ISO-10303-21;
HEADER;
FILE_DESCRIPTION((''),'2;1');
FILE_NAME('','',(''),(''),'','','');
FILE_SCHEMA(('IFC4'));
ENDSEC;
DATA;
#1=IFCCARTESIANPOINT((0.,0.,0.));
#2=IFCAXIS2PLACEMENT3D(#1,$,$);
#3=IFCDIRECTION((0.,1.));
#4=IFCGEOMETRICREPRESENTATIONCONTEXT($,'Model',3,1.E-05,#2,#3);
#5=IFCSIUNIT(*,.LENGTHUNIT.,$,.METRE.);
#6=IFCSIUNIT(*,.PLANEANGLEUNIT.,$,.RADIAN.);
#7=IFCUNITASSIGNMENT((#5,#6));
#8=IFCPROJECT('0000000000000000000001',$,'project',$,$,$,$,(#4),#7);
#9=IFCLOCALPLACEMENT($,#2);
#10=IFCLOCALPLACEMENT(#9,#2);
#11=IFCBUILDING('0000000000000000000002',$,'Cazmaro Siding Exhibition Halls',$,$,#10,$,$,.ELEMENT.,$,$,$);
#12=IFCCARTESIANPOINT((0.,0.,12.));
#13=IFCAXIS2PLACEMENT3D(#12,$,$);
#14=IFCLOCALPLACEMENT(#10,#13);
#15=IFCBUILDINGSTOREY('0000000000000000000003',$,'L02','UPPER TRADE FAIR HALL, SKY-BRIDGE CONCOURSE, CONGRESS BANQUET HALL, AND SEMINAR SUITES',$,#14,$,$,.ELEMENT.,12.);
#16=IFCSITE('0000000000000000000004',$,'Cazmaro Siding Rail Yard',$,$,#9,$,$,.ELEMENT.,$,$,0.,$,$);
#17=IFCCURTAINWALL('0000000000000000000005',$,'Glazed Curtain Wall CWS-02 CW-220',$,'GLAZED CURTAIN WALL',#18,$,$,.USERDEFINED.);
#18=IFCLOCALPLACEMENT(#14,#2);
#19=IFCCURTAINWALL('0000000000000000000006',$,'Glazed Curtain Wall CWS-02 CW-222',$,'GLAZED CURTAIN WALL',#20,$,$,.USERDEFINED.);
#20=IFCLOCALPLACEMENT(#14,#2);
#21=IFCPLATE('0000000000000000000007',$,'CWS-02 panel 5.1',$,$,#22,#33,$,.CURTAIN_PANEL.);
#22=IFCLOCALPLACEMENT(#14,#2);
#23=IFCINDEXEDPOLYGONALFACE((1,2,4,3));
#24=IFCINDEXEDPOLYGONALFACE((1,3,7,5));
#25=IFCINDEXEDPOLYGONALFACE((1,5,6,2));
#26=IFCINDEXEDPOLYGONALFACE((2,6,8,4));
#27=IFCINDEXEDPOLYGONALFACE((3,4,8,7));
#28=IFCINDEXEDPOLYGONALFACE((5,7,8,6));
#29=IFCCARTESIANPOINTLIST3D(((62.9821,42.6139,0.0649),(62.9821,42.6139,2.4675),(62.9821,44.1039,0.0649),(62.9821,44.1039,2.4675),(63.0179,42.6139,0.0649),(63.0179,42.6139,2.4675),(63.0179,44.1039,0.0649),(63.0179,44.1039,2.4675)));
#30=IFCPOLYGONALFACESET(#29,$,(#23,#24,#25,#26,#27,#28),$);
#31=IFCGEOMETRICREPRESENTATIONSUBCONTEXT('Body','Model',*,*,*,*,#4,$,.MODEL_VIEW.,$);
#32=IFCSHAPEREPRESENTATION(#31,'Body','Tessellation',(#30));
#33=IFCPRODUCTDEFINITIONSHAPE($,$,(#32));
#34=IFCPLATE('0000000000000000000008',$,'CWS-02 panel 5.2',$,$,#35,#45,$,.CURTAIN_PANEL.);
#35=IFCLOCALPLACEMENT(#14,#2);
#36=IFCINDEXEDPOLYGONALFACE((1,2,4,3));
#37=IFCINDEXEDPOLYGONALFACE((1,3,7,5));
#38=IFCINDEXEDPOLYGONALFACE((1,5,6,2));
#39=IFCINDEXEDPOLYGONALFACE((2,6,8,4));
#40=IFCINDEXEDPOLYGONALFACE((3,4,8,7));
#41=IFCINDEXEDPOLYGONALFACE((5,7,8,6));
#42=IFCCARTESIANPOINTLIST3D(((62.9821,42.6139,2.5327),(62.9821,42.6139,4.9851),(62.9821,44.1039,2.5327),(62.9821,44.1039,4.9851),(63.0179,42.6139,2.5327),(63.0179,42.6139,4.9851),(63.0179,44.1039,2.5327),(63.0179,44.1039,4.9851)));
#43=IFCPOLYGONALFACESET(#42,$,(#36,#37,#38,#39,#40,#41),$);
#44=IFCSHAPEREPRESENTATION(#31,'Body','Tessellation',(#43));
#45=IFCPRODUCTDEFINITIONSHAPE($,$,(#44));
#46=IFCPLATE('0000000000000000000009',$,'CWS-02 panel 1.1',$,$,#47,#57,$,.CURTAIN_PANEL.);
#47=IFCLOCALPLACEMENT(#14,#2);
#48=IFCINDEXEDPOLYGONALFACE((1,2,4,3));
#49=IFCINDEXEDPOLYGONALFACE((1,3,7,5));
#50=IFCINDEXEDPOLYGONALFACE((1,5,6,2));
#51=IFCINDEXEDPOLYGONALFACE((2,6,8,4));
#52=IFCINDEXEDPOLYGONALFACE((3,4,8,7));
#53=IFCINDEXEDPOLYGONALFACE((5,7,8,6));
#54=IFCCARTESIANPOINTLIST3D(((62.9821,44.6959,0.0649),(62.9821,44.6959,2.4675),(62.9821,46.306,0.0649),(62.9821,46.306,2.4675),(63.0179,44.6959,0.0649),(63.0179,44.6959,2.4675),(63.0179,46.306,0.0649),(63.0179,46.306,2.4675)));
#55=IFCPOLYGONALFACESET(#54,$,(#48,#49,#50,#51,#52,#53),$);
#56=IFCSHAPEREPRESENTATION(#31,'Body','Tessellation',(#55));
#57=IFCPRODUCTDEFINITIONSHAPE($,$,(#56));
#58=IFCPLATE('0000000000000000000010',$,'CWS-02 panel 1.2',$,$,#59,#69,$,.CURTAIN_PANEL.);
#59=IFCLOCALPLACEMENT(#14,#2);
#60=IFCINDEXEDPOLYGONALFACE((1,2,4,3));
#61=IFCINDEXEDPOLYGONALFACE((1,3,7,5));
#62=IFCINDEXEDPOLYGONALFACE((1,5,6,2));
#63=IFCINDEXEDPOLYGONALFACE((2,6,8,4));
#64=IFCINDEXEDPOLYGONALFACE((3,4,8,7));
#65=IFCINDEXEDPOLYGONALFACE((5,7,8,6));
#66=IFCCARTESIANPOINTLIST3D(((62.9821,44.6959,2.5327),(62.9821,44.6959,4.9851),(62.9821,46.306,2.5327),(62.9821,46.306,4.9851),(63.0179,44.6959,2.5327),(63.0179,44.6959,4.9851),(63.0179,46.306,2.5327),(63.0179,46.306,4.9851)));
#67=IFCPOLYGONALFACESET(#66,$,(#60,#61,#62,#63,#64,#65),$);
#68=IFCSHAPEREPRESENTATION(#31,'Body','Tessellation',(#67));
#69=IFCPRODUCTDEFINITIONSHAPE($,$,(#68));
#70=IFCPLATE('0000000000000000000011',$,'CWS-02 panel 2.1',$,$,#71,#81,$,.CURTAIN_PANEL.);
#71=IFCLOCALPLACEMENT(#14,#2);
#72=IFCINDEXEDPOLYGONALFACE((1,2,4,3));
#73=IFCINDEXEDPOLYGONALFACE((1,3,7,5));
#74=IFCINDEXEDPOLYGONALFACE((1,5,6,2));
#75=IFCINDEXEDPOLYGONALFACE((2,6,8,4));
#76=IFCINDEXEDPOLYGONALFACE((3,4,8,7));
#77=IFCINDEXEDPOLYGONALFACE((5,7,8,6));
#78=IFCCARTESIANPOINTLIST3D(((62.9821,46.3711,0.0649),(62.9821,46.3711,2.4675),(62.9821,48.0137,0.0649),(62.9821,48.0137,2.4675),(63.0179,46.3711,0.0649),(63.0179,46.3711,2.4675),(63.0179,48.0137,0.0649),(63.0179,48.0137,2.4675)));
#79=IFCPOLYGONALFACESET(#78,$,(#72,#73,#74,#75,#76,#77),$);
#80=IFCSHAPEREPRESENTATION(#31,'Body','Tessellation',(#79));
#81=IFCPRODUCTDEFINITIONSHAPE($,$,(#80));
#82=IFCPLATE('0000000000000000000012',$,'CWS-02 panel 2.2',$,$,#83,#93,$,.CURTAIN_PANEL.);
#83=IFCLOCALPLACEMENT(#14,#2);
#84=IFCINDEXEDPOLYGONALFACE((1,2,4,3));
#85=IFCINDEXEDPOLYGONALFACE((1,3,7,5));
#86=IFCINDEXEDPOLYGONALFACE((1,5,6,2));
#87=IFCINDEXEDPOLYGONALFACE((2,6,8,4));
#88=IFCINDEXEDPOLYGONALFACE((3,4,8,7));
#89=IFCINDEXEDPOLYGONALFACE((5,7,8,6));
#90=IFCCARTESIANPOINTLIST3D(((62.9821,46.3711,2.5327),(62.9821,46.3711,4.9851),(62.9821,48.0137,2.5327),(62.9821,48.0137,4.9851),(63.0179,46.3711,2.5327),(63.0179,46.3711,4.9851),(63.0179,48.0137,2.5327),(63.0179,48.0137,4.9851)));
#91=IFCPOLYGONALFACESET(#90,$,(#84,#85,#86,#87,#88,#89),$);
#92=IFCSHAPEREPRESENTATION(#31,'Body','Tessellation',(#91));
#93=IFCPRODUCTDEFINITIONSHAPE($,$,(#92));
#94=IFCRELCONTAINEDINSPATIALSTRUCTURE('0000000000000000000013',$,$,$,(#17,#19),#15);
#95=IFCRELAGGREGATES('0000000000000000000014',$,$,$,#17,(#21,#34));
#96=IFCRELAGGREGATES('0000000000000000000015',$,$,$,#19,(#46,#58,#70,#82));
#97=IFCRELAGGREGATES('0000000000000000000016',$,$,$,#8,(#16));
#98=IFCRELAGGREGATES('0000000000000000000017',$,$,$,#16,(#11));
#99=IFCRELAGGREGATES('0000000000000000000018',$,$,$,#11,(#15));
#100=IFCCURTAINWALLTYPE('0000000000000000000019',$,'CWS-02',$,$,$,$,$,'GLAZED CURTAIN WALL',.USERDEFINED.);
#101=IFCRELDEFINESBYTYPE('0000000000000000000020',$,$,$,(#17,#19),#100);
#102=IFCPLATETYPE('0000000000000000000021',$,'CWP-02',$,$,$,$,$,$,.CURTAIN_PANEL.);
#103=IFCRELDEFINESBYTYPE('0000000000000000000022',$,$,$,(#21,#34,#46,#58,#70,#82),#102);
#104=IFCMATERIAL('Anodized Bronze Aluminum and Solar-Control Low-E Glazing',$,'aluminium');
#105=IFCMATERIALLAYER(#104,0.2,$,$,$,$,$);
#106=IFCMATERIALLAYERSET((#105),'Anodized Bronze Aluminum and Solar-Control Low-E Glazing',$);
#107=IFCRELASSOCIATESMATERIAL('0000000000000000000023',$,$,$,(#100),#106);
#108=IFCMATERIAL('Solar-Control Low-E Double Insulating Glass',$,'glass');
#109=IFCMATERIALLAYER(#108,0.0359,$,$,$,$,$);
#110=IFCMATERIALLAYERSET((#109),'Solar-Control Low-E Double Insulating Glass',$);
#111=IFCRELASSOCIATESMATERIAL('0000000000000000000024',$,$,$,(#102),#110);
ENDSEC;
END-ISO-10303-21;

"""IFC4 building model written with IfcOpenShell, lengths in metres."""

from ifc_helpers import new_model, si_unit, direction, frame, origin, origin_2d, place, context, subcontext, project, spatial, rectangle, extrude, material, layer, layer_set, type_object, element, aggregate, save


model = new_model("IFC4")

# Units and contexts
model_context = context("Model", 3, precision=1e-05, world=origin(), true_north=direction((0.0, 1.0)))
body_context = subcontext(model_context, "Body", "Model", "MODEL_VIEW")
ifc_project = project(units=[si_unit("LENGTHUNIT", "METRE"), si_unit("PLANEANGLEUNIT", "RADIAN")], contexts=[model_context])

# Site, building, storey
site_placement = place(None, origin())
site = spatial("IfcSite", under=ifc_project, at=site_placement, Name="Cazmaro Siding Rail Yard", CompositionType="ELEMENT", RefElevation=0.0)
building_placement = place(site_placement, origin())
building = spatial("IfcBuilding", under=site, at=building_placement, Name="Cazmaro Siding Exhibition Halls", CompositionType="ELEMENT")
storey_placement = place(building_placement, frame((0.0, 0.0, 12.0)))
storey = spatial("IfcBuildingStorey", under=building, at=storey_placement, Name="L02", Description="UPPER TRADE FAIR HALL, SKY-BRIDGE CONCOURSE, CONGRESS BANQUET HALL, AND SEMINAR SUITES", CompositionType="ELEMENT", Elevation=12.0)

# Curtain wall
ifc_material_1 = material(Name="Anodized Bronze Aluminum and Solar-Control Low-E Glazing", Category="aluminium")
ifc_layer_1 = layer(ifc_material_1, 0.2)
ifc_layer_set_1 = layer_set([ifc_layer_1], Name="Anodized Bronze Aluminum and Solar-Control Low-E Glazing")
curtain_wall_type = type_object("IfcCurtainWallType", Name="CWS-02", ElementType="GLAZED CURTAIN WALL", PredefinedType="USERDEFINED", material=ifc_layer_set_1)
curtain_wall_1_placement = place(storey_placement, origin())
curtain_wall_1 = element("IfcCurtainWall", 1, at=curtain_wall_1_placement, inside=storey, type_object=curtain_wall_type, Name="Glazed Curtain Wall CWS-02 CW-220", ObjectType="GLAZED CURTAIN WALL", PredefinedType="USERDEFINED")

# Curtain wall
curtain_wall_2_placement = place(storey_placement, origin())
curtain_wall_2 = element("IfcCurtainWall", 2, at=curtain_wall_2_placement, inside=storey, type_object=curtain_wall_type, Name="Glazed Curtain Wall CWS-02 CW-222", ObjectType="GLAZED CURTAIN WALL", PredefinedType="USERDEFINED")

# Plates
ifc_material_2 = material(Name="Solar-Control Low-E Double Insulating Glass", Category="glass")
ifc_layer_2 = layer(ifc_material_2, 0.0359)
ifc_layer_set_2 = layer_set([ifc_layer_2], Name="Solar-Control Low-E Double Insulating Glass")
plate_type = type_object("IfcPlateType", Name="CWP-02", PredefinedType="CURTAIN_PANEL", material=ifc_layer_set_2)
plate_1_placement = place(storey_placement, frame((63.0, 43.3589, 0.0649), z_axis=(0.0, 0.0, 1.0), x_axis=(0.0, 1.0, 0.0)))
plate_1 = element("IfcPlate", 3, at=plate_1_placement, type_object=plate_type, Name="CWS-02 panel 5.1", PredefinedType="CURTAIN_PANEL", context=body_context, shape_type="SweptSolid", body=[
    extrude(rectangle(XDim=1.49, YDim=0.0359, at=origin_2d()), origin(), (0.0, 0.0, 1.0), 2.4026),
])
plate_2_placement = place(storey_placement, frame((63.0, 43.3589, 2.5327), z_axis=(0.0, 0.0, 1.0), x_axis=(0.0, 1.0, 0.0)))
plate_2 = element("IfcPlate", 4, at=plate_2_placement, type_object=plate_type, Name="CWS-02 panel 5.2", PredefinedType="CURTAIN_PANEL", context=body_context, shape_type="SweptSolid", body=[
    extrude(rectangle(XDim=1.49, YDim=0.0359, at=origin_2d()), origin(), (0.0, 0.0, 1.0), 2.4524),
])
aggregate(curtain_wall_1, [plate_1, plate_2])
plate_3_placement = place(storey_placement, frame((63.0, 45.501, 0.0649), z_axis=(0.0, 0.0, 1.0), x_axis=(0.0, 1.0, 0.0)))
plate_3 = element("IfcPlate", 5, at=plate_3_placement, type_object=plate_type, Name="CWS-02 panel 1.1", PredefinedType="CURTAIN_PANEL", context=body_context, shape_type="SweptSolid", body=[
    extrude(rectangle(XDim=1.6101, YDim=0.0359, at=origin_2d()), origin(), (0.0, 0.0, 1.0), 2.4026),
])
plate_4_placement = place(storey_placement, frame((63.0, 45.501, 2.5327), z_axis=(0.0, 0.0, 1.0), x_axis=(0.0, 1.0, 0.0)))
plate_4 = element("IfcPlate", 6, at=plate_4_placement, type_object=plate_type, Name="CWS-02 panel 1.2", PredefinedType="CURTAIN_PANEL", context=body_context, shape_type="SweptSolid", body=[
    extrude(rectangle(XDim=1.6101, YDim=0.0359, at=origin_2d()), origin(), (0.0, 0.0, 1.0), 2.4524),
])
plate_5_placement = place(storey_placement, frame((63.0, 47.1924, 0.0649), z_axis=(0.0, 0.0, 1.0), x_axis=(0.0, 1.0, 0.0)))
plate_5 = element("IfcPlate", 7, at=plate_5_placement, type_object=plate_type, Name="CWS-02 panel 2.1", PredefinedType="CURTAIN_PANEL", context=body_context, shape_type="SweptSolid", body=[
    extrude(rectangle(XDim=1.6426, YDim=0.0359, at=origin_2d()), origin(), (0.0, 0.0, 1.0), 2.4026),
])
plate_6_placement = place(storey_placement, frame((63.0, 47.1924, 2.5327), z_axis=(0.0, 0.0, 1.0), x_axis=(0.0, 1.0, 0.0)))
plate_6 = element("IfcPlate", 8, at=plate_6_placement, type_object=plate_type, Name="CWS-02 panel 2.2", PredefinedType="CURTAIN_PANEL", context=body_context, shape_type="SweptSolid", body=[
    extrude(rectangle(XDim=1.6426, YDim=0.0359, at=origin_2d()), origin(), (0.0, 0.0, 1.0), 2.4524),
])
aggregate(curtain_wall_2, [plate_3, plate_4, plate_5, plate_6])

save(model, "model.ifc")
